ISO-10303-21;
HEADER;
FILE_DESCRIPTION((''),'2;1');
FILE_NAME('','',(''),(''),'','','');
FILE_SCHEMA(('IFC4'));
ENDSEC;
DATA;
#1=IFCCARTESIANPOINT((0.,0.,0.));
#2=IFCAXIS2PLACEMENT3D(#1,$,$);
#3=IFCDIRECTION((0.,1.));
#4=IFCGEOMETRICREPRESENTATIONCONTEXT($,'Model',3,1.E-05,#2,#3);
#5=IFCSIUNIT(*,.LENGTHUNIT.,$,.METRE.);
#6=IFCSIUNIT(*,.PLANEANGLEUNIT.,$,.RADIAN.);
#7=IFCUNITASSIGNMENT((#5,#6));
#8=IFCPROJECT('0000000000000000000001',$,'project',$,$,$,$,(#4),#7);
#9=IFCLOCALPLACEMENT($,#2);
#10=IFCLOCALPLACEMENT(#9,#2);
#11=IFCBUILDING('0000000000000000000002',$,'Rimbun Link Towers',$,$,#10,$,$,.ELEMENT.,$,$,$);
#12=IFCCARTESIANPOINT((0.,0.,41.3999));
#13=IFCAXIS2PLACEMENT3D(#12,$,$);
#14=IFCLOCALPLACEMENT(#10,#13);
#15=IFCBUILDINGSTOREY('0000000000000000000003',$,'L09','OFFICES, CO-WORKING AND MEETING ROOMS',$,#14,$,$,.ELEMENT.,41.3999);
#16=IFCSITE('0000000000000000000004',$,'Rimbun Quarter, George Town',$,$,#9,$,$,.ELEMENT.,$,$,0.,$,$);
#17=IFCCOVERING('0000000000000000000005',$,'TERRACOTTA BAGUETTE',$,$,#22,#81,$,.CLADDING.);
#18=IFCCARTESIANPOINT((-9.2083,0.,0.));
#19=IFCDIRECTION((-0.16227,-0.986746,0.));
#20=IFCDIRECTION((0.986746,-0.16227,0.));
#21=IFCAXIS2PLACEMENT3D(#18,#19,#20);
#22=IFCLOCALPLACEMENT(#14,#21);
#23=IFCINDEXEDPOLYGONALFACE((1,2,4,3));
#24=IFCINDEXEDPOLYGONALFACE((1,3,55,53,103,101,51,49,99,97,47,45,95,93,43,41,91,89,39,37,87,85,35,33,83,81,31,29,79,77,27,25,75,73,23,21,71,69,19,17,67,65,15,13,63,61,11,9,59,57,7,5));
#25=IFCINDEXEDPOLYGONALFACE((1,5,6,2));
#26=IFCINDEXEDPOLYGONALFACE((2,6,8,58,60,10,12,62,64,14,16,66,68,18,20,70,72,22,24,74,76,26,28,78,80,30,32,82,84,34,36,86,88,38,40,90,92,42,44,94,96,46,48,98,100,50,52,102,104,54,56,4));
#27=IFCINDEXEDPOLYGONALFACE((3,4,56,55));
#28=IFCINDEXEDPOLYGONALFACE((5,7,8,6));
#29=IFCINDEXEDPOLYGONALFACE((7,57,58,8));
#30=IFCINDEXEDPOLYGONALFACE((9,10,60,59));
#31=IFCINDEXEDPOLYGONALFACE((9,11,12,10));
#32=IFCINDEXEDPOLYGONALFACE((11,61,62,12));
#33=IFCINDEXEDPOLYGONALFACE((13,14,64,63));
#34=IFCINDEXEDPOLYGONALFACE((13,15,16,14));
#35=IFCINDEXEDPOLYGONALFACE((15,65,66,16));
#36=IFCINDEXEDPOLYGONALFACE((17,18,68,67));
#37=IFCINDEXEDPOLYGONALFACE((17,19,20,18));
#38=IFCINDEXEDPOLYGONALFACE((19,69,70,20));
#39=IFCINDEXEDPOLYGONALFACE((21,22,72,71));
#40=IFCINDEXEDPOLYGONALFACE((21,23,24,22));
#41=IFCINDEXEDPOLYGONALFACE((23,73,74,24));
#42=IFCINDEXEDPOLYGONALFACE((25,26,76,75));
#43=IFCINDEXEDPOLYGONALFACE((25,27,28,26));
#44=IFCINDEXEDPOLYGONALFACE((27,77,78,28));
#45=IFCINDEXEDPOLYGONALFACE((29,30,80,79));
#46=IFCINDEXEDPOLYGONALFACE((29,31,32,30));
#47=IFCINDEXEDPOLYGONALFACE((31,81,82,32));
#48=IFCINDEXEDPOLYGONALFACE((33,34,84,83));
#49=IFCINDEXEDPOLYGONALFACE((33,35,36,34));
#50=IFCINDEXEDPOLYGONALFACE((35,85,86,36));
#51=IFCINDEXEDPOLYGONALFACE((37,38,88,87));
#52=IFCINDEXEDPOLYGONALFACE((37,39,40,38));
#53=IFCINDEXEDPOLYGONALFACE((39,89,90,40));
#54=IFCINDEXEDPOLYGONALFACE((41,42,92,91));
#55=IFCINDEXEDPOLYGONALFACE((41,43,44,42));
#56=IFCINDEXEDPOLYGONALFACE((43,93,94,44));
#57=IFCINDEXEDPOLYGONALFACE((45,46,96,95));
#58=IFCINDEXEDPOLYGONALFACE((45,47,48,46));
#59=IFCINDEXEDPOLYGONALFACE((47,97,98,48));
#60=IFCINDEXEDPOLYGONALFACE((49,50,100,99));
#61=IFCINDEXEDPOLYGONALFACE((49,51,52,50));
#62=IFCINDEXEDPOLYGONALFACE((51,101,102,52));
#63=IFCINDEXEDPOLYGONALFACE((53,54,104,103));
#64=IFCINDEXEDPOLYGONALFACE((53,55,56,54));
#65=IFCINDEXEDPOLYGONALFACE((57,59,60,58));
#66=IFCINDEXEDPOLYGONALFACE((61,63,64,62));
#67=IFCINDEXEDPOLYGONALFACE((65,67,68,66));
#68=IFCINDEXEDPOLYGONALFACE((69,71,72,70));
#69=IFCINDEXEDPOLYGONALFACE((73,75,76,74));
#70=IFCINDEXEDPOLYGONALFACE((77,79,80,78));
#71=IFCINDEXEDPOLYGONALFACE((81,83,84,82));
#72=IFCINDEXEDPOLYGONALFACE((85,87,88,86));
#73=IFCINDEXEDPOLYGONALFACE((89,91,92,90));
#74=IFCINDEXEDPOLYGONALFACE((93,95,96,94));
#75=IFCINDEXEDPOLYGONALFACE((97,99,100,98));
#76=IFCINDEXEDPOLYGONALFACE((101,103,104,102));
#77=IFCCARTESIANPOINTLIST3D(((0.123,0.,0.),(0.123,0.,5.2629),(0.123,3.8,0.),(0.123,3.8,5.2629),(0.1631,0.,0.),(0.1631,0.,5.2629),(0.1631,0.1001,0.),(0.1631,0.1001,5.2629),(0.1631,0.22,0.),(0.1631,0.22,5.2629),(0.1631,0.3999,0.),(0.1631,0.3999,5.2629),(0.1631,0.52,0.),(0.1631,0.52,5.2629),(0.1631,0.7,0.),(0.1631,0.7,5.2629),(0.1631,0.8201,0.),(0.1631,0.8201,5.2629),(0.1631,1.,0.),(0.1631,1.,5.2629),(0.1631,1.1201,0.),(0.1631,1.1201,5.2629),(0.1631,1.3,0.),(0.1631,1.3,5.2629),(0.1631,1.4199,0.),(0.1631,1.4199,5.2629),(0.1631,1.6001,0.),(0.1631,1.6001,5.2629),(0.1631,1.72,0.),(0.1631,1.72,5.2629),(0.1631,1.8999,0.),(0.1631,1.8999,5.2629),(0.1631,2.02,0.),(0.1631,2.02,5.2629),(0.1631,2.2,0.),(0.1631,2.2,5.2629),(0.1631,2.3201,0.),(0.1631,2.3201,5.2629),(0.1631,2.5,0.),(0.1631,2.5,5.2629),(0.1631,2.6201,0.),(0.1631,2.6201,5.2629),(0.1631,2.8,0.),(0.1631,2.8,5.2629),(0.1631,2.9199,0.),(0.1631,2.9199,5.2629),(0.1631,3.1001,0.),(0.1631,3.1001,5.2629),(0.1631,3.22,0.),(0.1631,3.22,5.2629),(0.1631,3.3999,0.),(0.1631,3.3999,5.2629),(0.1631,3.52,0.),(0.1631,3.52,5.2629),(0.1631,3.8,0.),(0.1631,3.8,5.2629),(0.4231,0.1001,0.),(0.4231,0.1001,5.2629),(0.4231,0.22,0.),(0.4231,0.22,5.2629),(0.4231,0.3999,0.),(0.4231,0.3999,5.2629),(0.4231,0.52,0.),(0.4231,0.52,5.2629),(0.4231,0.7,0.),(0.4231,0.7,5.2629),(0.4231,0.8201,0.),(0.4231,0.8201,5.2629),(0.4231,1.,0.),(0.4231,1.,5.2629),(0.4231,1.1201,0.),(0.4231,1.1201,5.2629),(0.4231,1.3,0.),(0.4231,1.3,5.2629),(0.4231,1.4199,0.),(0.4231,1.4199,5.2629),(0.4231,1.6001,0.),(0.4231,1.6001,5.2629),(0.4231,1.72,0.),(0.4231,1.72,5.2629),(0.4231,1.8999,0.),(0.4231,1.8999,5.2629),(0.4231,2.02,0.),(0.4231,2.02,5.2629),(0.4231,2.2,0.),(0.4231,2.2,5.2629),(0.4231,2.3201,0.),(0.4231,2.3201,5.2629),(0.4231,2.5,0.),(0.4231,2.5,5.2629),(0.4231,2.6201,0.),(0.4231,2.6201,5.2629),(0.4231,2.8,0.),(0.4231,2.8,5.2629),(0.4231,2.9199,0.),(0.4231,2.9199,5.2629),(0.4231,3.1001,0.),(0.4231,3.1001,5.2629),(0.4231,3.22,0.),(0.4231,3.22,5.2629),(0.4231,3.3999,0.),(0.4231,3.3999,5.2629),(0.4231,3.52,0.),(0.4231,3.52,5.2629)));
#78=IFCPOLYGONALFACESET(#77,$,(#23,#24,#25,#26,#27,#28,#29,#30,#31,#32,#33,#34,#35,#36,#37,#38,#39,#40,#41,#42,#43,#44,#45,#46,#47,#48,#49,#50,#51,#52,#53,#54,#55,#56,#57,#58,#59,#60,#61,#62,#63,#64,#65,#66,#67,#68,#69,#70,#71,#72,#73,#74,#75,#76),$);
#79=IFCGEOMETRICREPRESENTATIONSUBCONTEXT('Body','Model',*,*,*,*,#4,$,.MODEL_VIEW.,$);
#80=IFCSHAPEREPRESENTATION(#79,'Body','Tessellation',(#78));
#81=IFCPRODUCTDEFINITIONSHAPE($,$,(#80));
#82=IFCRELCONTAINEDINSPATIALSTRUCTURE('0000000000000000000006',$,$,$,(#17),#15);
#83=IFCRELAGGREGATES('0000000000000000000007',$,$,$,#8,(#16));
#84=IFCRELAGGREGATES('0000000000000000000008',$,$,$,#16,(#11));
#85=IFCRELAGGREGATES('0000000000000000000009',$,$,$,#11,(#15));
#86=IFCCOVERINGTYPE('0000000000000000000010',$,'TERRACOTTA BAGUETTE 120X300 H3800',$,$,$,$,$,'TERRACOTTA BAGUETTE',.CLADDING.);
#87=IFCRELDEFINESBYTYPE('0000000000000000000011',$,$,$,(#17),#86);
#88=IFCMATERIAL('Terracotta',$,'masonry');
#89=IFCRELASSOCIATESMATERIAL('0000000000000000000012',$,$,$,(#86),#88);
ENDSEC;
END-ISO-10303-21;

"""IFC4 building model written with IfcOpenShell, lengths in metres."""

from ifc_helpers import new_model, si_unit, direction, frame, origin, place, context, subcontext, project, spatial, polyline, outline, extrude, material, material_profile, profile_set, type_object, element, save


model = new_model("IFC4")

# Units and contexts
model_context = context("Model", 3, precision=1e-05, world=origin(), true_north=direction((0.0, 1.0)))
body_context = subcontext(model_context, "Body", "Model", "MODEL_VIEW")
ifc_project = project(units=[si_unit("LENGTHUNIT", "METRE"), si_unit("PLANEANGLEUNIT", "RADIAN")], contexts=[model_context])

# Site, building, storey
site_placement = place(None, origin())
site = spatial("IfcSite", under=ifc_project, at=site_placement, Name="Rimbun Quarter, George Town", CompositionType="ELEMENT", RefElevation=0.0)
building_placement = place(site_placement, origin())
building = spatial("IfcBuilding", under=site, at=building_placement, Name="Rimbun Link Towers", CompositionType="ELEMENT")
storey_placement = place(building_placement, frame((0.0, 0.0, 41.3999)))
storey = spatial("IfcBuildingStorey", under=building, at=storey_placement, Name="L09", Description="OFFICES, CO-WORKING AND MEETING ROOMS", CompositionType="ELEMENT", Elevation=41.3999)

# Covering
ifc_material_1 = material(Name="Terracotta", Category="masonry")
ifc_material_profile_1 = material_profile(ifc_material_1, outline(polyline([(0.123, 0.0), (0.1631, 0.0), (0.1631, 0.1001), (0.4231, 0.1001), (0.4231, 0.22), (0.1631, 0.22), (0.1631, 0.3999), (0.4231, 0.3999), (0.4231, 0.52), (0.1631, 0.52), (0.1631, 0.7), (0.4231, 0.7), (0.4231, 0.8201), (0.1631, 0.8201), (0.1631, 1.0), (0.4231, 1.0), (0.4231, 1.1201), (0.1631, 1.1201), (0.1631, 1.3), (0.4231, 1.3), (0.4231, 1.4199), (0.1631, 1.4199), (0.1631, 1.6001), (0.4231, 1.6001), (0.4231, 1.72), (0.1631, 1.72), (0.1631, 1.8999), (0.4231, 1.8999), (0.4231, 2.02), (0.1631, 2.02), (0.1631, 2.2), (0.4231, 2.2), (0.4231, 2.3201), (0.1631, 2.3201), (0.1631, 2.5), (0.4231, 2.5), (0.4231, 2.6201), (0.1631, 2.6201), (0.1631, 2.8), (0.4231, 2.8), (0.4231, 2.9199), (0.1631, 2.9199), (0.1631, 3.1001), (0.4231, 3.1001), (0.4231, 3.22), (0.1631, 3.22), (0.1631, 3.3999), (0.4231, 3.3999), (0.4231, 3.52), (0.1631, 3.52), (0.1631, 3.8), (0.123, 3.8), (0.123, 0.0)])), Name="BAGUETTE 120X300")
ifc_profile_set_1 = profile_set([ifc_material_profile_1], Name="Terracotta")
covering_type_1 = type_object("IfcCoveringType", Name="TERRACOTTA BAGUETTE 120X300 H3800", ElementType="TERRACOTTA BAGUETTE", PredefinedType="CLADDING", material=ifc_profile_set_1)
covering_1_placement = place(storey_placement, frame((-9.2083, 0.0, 0.0), z_axis=(-0.16227, -0.986746, 0.0), x_axis=(0.986746, -0.16227, 0.0)))
element("IfcCovering", 1, at=covering_1_placement, inside=storey, type_object=covering_type_1, Name="TERRACOTTA BAGUETTE", PredefinedType="CLADDING", context=body_context, shape_type="SweptSolid", body=[
    extrude(outline(polyline([(0.123, 0.0), (0.1631, 0.0), (0.1631, 0.1001), (0.4231, 0.1001), (0.4231, 0.22), (0.1631, 0.22), (0.1631, 0.3999), (0.4231, 0.3999), (0.4231, 0.52), (0.1631, 0.52), (0.1631, 0.7), (0.4231, 0.7), (0.4231, 0.8201), (0.1631, 0.8201), (0.1631, 1.0), (0.4231, 1.0), (0.4231, 1.1201), (0.1631, 1.1201), (0.1631, 1.3), (0.4231, 1.3), (0.4231, 1.4199), (0.1631, 1.4199), (0.1631, 1.6001), (0.4231, 1.6001), (0.4231, 1.72), (0.1631, 1.72), (0.1631, 1.8999), (0.4231, 1.8999), (0.4231, 2.02), (0.1631, 2.02), (0.1631, 2.2), (0.4231, 2.2), (0.4231, 2.3201), (0.1631, 2.3201), (0.1631, 2.5), (0.4231, 2.5), (0.4231, 2.6201), (0.1631, 2.6201), (0.1631, 2.8), (0.4231, 2.8), (0.4231, 2.9199), (0.1631, 2.9199), (0.1631, 3.1001), (0.4231, 3.1001), (0.4231, 3.22), (0.1631, 3.22), (0.1631, 3.3999), (0.4231, 3.3999), (0.4231, 3.52), (0.1631, 3.52), (0.1631, 3.8), (0.123, 3.8), (0.123, 0.0)])), origin(), (0.0, 0.0, 1.0), 5.2629),
])

save(model, "model.ifc")
